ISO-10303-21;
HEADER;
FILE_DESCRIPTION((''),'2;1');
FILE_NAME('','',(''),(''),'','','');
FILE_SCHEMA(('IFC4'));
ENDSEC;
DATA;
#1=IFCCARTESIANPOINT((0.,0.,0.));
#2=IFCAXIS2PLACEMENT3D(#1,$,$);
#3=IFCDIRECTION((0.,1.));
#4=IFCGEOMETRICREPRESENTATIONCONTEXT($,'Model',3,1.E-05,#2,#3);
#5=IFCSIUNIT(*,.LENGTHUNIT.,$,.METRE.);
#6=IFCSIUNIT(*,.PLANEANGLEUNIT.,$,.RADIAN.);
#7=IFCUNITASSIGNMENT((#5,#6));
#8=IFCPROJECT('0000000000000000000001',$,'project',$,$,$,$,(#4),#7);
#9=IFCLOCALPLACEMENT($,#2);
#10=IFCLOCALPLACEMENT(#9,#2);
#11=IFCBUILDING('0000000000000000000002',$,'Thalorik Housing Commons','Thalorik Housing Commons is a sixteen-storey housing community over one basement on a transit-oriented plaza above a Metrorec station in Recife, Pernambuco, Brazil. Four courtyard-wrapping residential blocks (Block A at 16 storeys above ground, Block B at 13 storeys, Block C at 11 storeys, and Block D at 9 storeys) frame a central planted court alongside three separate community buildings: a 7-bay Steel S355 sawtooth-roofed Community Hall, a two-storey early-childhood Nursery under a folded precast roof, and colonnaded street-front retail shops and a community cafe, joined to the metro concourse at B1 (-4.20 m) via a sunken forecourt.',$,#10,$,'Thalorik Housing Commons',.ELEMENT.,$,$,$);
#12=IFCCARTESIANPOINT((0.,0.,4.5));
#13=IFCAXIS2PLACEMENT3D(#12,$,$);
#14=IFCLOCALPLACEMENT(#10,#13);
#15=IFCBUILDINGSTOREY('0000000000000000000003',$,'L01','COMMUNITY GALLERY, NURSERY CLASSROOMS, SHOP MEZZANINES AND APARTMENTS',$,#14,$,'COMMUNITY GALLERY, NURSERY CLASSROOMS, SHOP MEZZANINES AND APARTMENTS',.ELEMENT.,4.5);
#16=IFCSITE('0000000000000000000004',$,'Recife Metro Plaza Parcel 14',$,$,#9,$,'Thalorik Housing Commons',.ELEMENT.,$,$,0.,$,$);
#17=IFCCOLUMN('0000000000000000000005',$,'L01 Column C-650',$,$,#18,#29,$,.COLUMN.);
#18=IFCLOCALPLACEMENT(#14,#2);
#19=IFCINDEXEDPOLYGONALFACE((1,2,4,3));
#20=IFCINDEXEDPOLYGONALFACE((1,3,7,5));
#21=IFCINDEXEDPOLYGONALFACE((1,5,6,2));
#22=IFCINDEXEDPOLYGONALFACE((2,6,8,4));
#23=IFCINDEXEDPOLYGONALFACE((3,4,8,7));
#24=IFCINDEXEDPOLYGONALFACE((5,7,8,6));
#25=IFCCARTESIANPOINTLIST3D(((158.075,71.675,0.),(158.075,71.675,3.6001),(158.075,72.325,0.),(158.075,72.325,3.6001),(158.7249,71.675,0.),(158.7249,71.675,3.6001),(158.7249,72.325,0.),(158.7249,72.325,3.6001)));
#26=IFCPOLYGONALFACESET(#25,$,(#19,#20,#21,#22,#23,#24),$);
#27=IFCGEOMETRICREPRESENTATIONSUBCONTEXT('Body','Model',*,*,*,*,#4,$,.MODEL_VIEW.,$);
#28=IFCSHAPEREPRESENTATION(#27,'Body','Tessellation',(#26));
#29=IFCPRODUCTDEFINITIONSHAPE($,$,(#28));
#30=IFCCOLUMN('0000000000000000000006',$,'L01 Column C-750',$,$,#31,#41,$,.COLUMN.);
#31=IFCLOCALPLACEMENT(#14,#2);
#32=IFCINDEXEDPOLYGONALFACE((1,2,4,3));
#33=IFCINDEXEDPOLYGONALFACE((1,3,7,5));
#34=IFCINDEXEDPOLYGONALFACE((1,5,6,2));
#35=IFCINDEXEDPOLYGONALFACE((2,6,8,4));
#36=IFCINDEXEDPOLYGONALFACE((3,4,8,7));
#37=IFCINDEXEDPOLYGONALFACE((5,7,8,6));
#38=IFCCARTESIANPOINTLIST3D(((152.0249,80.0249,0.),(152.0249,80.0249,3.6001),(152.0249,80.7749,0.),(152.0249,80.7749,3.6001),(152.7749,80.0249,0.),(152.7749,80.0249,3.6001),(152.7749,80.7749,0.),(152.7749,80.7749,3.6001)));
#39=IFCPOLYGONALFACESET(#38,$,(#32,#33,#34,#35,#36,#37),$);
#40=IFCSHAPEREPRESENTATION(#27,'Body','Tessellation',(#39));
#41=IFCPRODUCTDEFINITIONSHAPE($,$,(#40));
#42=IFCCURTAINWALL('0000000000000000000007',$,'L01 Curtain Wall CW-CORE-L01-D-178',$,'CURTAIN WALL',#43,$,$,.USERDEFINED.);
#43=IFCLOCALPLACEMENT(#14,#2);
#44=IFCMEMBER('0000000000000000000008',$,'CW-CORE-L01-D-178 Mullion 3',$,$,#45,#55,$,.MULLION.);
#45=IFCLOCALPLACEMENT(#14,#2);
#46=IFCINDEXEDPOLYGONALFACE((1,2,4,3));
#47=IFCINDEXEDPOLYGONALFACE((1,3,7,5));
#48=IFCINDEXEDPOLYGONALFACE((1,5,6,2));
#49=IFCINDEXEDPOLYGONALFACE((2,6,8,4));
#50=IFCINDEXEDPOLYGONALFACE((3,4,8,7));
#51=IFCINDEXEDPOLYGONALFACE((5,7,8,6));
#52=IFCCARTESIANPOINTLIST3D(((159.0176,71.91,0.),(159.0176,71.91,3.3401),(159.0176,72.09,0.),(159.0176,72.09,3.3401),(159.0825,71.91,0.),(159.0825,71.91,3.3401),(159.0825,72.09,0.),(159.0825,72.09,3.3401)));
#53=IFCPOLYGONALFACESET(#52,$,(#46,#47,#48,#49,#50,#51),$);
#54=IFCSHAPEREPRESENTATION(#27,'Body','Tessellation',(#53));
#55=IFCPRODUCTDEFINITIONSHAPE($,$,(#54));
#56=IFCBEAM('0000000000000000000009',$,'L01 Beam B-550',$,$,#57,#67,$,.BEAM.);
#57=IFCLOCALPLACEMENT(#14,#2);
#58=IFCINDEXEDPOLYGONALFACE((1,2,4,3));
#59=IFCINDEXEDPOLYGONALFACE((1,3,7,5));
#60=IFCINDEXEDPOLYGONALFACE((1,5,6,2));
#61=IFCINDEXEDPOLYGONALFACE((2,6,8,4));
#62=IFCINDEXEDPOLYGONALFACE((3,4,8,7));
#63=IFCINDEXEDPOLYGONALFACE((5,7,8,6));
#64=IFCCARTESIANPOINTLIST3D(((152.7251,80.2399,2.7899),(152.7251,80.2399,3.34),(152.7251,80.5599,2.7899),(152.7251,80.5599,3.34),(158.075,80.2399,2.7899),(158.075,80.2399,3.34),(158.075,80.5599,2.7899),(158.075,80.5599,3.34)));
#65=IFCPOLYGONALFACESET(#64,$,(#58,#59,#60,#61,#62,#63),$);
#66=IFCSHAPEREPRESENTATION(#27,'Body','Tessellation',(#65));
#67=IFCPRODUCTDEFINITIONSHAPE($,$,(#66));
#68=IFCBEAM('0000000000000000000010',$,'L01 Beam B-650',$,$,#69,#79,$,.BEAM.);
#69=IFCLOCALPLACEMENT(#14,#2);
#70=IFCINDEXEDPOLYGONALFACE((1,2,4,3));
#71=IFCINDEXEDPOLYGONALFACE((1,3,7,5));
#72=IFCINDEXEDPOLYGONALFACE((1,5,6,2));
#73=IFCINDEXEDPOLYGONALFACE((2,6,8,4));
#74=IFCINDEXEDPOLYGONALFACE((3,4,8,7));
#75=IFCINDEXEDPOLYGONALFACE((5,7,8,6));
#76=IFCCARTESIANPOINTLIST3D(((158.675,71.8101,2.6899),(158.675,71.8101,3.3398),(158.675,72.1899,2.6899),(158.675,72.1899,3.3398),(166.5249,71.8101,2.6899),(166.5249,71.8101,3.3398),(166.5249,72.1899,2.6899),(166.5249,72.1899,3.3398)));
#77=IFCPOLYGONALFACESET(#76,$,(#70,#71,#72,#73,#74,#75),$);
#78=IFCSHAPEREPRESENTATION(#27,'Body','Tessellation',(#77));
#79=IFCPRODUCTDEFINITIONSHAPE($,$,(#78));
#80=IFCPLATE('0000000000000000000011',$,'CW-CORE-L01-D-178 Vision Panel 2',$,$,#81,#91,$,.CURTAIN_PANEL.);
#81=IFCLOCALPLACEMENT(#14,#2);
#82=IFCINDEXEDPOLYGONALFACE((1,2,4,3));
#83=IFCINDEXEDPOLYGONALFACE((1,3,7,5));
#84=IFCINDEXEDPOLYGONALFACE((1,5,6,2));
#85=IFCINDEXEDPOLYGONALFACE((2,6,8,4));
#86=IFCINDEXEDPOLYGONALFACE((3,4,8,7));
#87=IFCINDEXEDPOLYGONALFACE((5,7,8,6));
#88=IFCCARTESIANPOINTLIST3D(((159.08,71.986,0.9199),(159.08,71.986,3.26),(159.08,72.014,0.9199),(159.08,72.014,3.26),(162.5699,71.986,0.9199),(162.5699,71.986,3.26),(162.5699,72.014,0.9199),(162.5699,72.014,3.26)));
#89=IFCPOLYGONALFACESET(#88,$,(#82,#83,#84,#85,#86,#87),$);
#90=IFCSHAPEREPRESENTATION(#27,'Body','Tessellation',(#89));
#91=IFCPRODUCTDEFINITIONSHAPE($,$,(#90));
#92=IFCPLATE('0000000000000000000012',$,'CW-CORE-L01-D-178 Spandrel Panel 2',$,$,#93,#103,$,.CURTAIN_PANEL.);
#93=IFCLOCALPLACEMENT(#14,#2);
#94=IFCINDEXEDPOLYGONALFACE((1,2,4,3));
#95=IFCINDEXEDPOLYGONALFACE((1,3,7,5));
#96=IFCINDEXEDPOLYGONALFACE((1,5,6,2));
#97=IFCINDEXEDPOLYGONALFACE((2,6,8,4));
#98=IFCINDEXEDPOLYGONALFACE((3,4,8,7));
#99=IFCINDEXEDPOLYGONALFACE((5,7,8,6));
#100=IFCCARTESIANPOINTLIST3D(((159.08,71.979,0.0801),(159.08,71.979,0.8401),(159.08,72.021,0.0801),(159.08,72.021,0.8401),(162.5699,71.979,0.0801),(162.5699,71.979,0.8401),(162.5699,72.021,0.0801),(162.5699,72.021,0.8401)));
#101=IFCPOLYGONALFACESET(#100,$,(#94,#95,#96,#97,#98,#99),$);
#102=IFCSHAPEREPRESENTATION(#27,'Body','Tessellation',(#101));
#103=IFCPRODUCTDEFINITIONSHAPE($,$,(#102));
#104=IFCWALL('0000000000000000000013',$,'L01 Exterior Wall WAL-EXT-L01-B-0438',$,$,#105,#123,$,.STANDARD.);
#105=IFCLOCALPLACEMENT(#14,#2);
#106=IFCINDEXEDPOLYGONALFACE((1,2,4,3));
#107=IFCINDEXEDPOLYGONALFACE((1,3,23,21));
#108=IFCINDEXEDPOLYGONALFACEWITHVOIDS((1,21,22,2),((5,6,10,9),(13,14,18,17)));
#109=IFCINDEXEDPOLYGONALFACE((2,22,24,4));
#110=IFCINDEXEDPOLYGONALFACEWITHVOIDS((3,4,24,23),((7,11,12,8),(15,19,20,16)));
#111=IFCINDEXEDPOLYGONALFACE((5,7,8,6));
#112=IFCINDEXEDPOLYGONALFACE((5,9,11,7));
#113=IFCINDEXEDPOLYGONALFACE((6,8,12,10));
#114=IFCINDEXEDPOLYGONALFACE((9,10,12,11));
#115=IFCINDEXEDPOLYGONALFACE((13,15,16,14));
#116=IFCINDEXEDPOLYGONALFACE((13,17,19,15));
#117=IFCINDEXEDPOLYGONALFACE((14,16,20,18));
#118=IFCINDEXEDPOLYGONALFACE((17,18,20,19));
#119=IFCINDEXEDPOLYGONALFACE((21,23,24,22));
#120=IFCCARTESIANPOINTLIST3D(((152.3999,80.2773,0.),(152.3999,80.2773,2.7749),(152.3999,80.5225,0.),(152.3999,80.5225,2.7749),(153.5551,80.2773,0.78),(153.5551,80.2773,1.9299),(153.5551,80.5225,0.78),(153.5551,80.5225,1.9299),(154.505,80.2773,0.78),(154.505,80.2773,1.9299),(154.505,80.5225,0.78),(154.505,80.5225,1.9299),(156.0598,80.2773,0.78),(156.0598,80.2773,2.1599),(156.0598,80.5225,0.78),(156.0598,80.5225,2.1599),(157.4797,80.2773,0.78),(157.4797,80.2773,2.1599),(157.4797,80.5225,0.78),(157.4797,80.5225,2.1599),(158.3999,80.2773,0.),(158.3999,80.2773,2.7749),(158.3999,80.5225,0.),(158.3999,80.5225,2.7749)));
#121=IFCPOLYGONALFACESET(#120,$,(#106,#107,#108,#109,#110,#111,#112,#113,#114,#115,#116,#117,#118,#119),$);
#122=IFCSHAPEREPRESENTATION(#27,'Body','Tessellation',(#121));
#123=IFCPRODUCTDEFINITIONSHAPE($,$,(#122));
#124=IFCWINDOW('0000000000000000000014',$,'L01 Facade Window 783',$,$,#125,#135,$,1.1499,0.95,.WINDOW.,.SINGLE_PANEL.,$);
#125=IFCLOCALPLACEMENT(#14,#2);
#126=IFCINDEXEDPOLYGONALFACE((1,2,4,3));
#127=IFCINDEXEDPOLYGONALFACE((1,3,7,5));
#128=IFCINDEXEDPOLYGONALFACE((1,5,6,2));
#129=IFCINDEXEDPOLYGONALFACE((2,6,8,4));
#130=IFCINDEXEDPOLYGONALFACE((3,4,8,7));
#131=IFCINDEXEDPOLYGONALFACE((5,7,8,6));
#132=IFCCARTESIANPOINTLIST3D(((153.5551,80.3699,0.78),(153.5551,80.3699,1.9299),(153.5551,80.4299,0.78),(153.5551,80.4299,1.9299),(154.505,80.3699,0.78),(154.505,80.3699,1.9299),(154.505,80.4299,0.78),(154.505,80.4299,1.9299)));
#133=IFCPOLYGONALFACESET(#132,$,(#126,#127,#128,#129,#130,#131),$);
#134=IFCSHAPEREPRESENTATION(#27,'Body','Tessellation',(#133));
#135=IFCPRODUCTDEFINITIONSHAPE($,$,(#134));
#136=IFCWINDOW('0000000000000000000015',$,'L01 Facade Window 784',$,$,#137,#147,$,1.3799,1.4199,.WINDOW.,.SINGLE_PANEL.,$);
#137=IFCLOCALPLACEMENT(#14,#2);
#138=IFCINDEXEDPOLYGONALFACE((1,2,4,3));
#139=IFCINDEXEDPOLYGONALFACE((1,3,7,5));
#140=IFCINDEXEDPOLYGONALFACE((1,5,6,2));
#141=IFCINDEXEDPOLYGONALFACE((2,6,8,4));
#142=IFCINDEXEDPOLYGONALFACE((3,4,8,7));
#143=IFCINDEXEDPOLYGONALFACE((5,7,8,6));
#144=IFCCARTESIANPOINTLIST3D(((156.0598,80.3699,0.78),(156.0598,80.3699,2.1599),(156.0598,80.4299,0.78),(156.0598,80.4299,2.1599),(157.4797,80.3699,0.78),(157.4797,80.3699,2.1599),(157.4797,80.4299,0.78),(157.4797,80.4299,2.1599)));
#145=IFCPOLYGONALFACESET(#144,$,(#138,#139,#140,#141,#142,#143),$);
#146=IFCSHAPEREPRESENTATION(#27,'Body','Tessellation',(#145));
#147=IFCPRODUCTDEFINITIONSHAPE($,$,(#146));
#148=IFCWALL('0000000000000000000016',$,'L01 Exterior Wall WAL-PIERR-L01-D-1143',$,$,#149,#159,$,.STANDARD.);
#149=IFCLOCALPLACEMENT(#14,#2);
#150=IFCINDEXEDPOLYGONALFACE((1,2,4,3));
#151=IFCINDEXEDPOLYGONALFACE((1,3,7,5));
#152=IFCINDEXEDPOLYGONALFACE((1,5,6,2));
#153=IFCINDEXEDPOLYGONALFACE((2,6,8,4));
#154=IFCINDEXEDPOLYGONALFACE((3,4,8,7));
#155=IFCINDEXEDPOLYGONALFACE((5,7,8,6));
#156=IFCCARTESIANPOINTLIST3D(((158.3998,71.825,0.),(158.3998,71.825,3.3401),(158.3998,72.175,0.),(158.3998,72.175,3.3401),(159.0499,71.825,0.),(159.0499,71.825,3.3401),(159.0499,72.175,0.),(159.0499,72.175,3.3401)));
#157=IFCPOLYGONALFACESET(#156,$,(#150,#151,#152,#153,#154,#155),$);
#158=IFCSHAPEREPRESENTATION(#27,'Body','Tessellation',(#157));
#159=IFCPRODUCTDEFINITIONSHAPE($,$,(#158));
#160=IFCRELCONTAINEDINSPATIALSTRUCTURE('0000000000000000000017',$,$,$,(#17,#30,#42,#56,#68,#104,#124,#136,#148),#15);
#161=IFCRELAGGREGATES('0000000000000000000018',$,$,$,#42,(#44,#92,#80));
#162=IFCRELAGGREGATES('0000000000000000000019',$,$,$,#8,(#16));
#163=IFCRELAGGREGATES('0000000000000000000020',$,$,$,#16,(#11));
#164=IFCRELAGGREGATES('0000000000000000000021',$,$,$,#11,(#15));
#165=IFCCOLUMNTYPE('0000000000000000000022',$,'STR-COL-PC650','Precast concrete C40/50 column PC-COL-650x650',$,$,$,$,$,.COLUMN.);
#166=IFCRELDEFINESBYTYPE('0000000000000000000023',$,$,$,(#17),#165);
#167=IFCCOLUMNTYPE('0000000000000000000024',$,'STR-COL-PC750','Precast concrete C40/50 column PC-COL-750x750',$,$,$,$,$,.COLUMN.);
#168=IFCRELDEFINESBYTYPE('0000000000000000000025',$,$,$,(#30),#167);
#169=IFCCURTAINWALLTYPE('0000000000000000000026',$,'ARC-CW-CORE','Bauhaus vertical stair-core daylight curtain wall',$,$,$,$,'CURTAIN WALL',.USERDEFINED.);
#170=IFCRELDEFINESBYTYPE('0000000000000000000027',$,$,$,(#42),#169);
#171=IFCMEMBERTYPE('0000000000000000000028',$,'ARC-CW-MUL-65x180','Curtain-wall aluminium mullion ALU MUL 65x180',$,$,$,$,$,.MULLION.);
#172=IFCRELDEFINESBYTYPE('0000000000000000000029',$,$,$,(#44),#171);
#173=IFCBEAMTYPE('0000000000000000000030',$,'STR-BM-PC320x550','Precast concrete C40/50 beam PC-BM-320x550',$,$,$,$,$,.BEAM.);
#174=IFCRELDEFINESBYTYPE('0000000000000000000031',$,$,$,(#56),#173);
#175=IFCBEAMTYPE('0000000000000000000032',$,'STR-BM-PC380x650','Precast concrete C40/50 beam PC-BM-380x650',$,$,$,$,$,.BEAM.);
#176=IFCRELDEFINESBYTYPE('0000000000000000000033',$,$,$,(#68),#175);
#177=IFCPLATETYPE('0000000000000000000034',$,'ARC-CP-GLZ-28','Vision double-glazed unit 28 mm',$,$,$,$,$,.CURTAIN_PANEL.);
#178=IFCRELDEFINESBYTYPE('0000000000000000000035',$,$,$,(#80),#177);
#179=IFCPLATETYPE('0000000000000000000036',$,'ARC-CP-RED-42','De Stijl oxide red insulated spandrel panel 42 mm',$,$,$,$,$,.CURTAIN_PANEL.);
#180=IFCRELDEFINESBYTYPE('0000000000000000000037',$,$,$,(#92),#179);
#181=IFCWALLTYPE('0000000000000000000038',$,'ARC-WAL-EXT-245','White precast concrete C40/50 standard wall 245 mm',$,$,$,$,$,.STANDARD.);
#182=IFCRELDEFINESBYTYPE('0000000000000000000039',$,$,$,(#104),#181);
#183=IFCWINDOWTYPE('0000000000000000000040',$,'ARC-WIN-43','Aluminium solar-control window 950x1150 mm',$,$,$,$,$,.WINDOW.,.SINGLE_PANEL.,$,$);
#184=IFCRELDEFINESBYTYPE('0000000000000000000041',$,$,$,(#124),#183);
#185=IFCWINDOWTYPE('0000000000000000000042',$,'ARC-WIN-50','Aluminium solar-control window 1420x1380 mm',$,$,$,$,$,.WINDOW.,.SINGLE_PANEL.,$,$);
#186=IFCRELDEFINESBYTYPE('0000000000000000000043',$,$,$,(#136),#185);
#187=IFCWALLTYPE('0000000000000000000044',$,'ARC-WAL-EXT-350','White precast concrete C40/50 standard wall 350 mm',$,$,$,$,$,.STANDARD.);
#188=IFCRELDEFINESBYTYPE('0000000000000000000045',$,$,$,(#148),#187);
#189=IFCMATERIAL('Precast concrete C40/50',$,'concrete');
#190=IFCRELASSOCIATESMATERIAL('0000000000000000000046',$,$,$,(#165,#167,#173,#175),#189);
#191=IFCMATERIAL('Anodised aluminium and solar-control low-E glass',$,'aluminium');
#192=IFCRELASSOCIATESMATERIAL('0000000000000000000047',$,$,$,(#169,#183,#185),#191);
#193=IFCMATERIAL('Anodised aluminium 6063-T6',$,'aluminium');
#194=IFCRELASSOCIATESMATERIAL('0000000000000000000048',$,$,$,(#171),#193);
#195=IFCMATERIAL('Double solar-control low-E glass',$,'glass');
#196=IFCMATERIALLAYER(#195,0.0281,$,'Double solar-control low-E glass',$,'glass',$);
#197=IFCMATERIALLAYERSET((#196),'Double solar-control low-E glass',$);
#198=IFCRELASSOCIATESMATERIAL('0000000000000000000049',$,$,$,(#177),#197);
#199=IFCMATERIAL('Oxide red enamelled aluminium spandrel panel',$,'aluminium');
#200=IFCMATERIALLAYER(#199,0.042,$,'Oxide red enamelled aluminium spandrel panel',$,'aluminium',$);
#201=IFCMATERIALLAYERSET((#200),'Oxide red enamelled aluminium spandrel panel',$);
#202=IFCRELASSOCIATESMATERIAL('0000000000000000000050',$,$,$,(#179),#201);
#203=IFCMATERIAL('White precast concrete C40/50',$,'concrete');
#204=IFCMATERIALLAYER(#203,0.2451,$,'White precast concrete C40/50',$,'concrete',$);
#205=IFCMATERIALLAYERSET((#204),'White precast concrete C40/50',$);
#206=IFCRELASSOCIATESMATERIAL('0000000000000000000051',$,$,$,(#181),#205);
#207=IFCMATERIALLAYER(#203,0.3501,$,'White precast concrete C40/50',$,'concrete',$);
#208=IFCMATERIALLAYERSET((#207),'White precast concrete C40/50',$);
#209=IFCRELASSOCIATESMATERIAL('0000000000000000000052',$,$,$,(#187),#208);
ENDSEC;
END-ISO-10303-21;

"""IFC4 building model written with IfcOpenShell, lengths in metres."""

from ifc_helpers import new_model, si_unit, direction, frame, frame_2d, origin, origin_2d, place, context, subcontext, project, spatial, rectangle, extrude, material, layer, layer_set, material_profile, profile_set, type_object, element, fill, aggregate, save


model = new_model("IFC4")

# Units and contexts
model_context = context("Model", 3, precision=1e-05, world=origin(), true_north=direction((0.0, 1.0)))
body_context = subcontext(model_context, "Body", "Model", "MODEL_VIEW")
ifc_project = project(units=[si_unit("LENGTHUNIT", "METRE"), si_unit("PLANEANGLEUNIT", "RADIAN")], contexts=[model_context])

# Site, building, storey
site_placement = place(None, origin())
site = spatial("IfcSite", under=ifc_project, at=site_placement, Name="Recife Metro Plaza Parcel 14", LongName="Thalorik Housing Commons", CompositionType="ELEMENT", RefElevation=0.0)
building_placement = place(site_placement, origin())
building = spatial("IfcBuilding", under=site, at=building_placement, Name="Thalorik Housing Commons", Description="Thalorik Housing Commons is a sixteen-storey housing community over one basement on a transit-oriented plaza above a Metrorec station in Recife, Pernambuco, Brazil. Four courtyard-wrapping residential blocks (Block A at 16 storeys above ground, Block B at 13 storeys, Block C at 11 storeys, and Block D at 9 storeys) frame a central planted court alongside three separate community buildings: a 7-bay Steel S355 sawtooth-roofed Community Hall, a two-storey early-childhood Nursery under a folded precast roof, and colonnaded street-front retail shops and a community cafe, joined to the metro concourse at B1 (-4.20 m) via a sunken forecourt.", LongName="Thalorik Housing Commons", CompositionType="ELEMENT")
storey_placement = place(building_placement, frame((0.0, 0.0, 4.5)))
storey = spatial("IfcBuildingStorey", under=building, at=storey_placement, Name="L01", Description="COMMUNITY GALLERY, NURSERY CLASSROOMS, SHOP MEZZANINES AND APARTMENTS", LongName="COMMUNITY GALLERY, NURSERY CLASSROOMS, SHOP MEZZANINES AND APARTMENTS", CompositionType="ELEMENT", Elevation=4.5)

# Columns
ifc_material_1 = material(Name="Precast concrete C40/50", Category="concrete")
ifc_material_profile_1 = material_profile(ifc_material_1, rectangle(XDim=0.6499, YDim=0.6499, at=origin_2d()), Name="PC 650x650", Category="concrete")
ifc_profile_set_1 = profile_set([ifc_material_profile_1], Name="Precast concrete C40/50")
column_type_1 = type_object("IfcColumnType", Name="STR-COL-PC650", Description="Precast concrete C40/50 column PC-COL-650x650", PredefinedType="COLUMN", material=ifc_profile_set_1)
column_1_placement = place(storey_placement, frame((158.3999, 72.0, 0.0), z_axis=(0.0, 0.0, 1.0), x_axis=(1.0, 0.0, 0.0)))
element("IfcColumn", 1, at=column_1_placement, inside=storey, type_object=column_type_1, Name="L01 Column C-650", PredefinedType="COLUMN", context=body_context, shape_type="SweptSolid", body=[
    extrude(rectangle(XDim=0.6499, YDim=0.6499, at=origin_2d()), origin(), (0.0, 0.0, 1.0), 3.6001),
])
ifc_material_profile_2 = material_profile(ifc_material_1, rectangle(XDim=0.75, YDim=0.75, at=origin_2d()), Name="PC 750x750", Category="concrete")
ifc_profile_set_2 = profile_set([ifc_material_profile_2], Name="Precast concrete C40/50")
column_type_2 = type_object("IfcColumnType", Name="STR-COL-PC750", Description="Precast concrete C40/50 column PC-COL-750x750", PredefinedType="COLUMN", material=ifc_profile_set_2)
column_2_placement = place(storey_placement, frame((152.3999, 80.3999, 0.0), z_axis=(0.0, 0.0, 1.0), x_axis=(1.0, 0.0, 0.0)))
element("IfcColumn", 2, at=column_2_placement, inside=storey, type_object=column_type_2, Name="L01 Column C-750", PredefinedType="COLUMN", context=body_context, shape_type="SweptSolid", body=[
    extrude(rectangle(XDim=0.75, YDim=0.75, at=origin_2d()), origin(), (0.0, 0.0, 1.0), 3.6001),
])

# Curtain wall, member
ifc_material_2 = material(Name="Anodised aluminium and solar-control low-E glass", Category="aluminium")
curtain_wall_type = type_object("IfcCurtainWallType", Name="ARC-CW-CORE", Description="Bauhaus vertical stair-core daylight curtain wall", ElementType="CURTAIN WALL", PredefinedType="USERDEFINED", material=ifc_material_2)
curtain_wall_placement = place(storey_placement, origin())
curtain_wall = element("IfcCurtainWall", 3, at=curtain_wall_placement, inside=storey, type_object=curtain_wall_type, Name="L01 Curtain Wall CW-CORE-L01-D-178", ObjectType="CURTAIN WALL", PredefinedType="USERDEFINED")
ifc_material_3 = material(Name="Anodised aluminium 6063-T6", Category="aluminium")
ifc_material_profile_3 = material_profile(ifc_material_3, rectangle(XDim=0.0649, YDim=0.1799, at=origin_2d()), Name="ALU MUL 65x180", Category="aluminium")
ifc_profile_set_3 = profile_set([ifc_material_profile_3], Name="Anodised aluminium 6063-T6")
member_type = type_object("IfcMemberType", Name="ARC-CW-MUL-65x180", Description="Curtain-wall aluminium mullion ALU MUL 65x180", PredefinedType="MULLION", material=ifc_profile_set_3)
member_placement = place(storey_placement, frame((159.05, 72.0, 0.0), z_axis=(0.0, 0.0, 1.0), x_axis=(-1.0, 0.0, 0.0)))
member = element("IfcMember", 4, at=member_placement, type_object=member_type, Name="CW-CORE-L01-D-178 Mullion 3", PredefinedType="MULLION", context=body_context, shape_type="SweptSolid", body=[
    extrude(rectangle(XDim=0.0649, YDim=0.1799, at=origin_2d()), origin(), (0.0, 0.0, 1.0), 3.3401),
])

# Beams
ifc_material_profile_4 = material_profile(ifc_material_1, rectangle(XDim=0.3201, YDim=0.55, at=origin_2d()), Name="PC 320x550", Category="concrete")
ifc_profile_set_4 = profile_set([ifc_material_profile_4], Name="Precast concrete C40/50")
beam_type_1 = type_object("IfcBeamType", Name="STR-BM-PC320x550", Description="Precast concrete C40/50 beam PC-BM-320x550", PredefinedType="BEAM", material=ifc_profile_set_4)
beam_1_placement = place(storey_placement, frame((152.7251, 80.3999, 3.0649), z_axis=(1.0, 0.0, 0.0), x_axis=(0.0, 1.0, 0.0)))
element("IfcBeam", 5, at=beam_1_placement, inside=storey, type_object=beam_type_1, Name="L01 Beam B-550", PredefinedType="BEAM", context=body_context, shape_type="SweptSolid", body=[
    extrude(rectangle(XDim=0.3201, YDim=0.55, at=origin_2d()), origin(), (0.0, 0.0, 1.0), 5.3499),
])
ifc_material_profile_5 = material_profile(ifc_material_1, rectangle(XDim=0.3799, YDim=0.6499, at=origin_2d()), Name="PC 380x650", Category="concrete")
ifc_profile_set_5 = profile_set([ifc_material_profile_5], Name="Precast concrete C40/50")
beam_type_2 = type_object("IfcBeamType", Name="STR-BM-PC380x650", Description="Precast concrete C40/50 beam PC-BM-380x650", PredefinedType="BEAM", material=ifc_profile_set_5)
beam_2_placement = place(storey_placement, frame((158.675, 72.0, 3.0149), z_axis=(1.0, 0.0, 0.0), x_axis=(0.0, 1.0, 0.0)))
element("IfcBeam", 6, at=beam_2_placement, inside=storey, type_object=beam_type_2, Name="L01 Beam B-650", PredefinedType="BEAM", context=body_context, shape_type="SweptSolid", body=[
    extrude(rectangle(XDim=0.3799, YDim=0.6499, at=origin_2d()), origin(), (0.0, 0.0, 1.0), 7.8499),
])

# Plates
ifc_material_4 = material(Name="Double solar-control low-E glass", Category="glass")
ifc_layer_1 = layer(ifc_material_4, 0.0281, Name="Double solar-control low-E glass", Category="glass")
ifc_layer_set_1 = layer_set([ifc_layer_1], Name="Double solar-control low-E glass")
plate_type_1 = type_object("IfcPlateType", Name="ARC-CP-GLZ-28", Description="Vision double-glazed unit 28 mm", PredefinedType="CURTAIN_PANEL", material=ifc_layer_set_1)
plate_1_placement = place(storey_placement, frame((160.825, 72.0, 0.9199), z_axis=(0.0, 0.0, 1.0), x_axis=(-1.0, 0.0, 0.0)))
plate_1 = element("IfcPlate", 7, at=plate_1_placement, type_object=plate_type_1, Name="CW-CORE-L01-D-178 Vision Panel 2", PredefinedType="CURTAIN_PANEL", context=body_context, shape_type="SweptSolid", body=[
    extrude(rectangle(XDim=3.49, YDim=0.0281, at=origin_2d()), origin(), (0.0, 0.0, 1.0), 2.3401),
])
ifc_material_5 = material(Name="Oxide red enamelled aluminium spandrel panel", Category="aluminium")
ifc_layer_2 = layer(ifc_material_5, 0.042, Name="Oxide red enamelled aluminium spandrel panel", Category="aluminium")
ifc_layer_set_2 = layer_set([ifc_layer_2], Name="Oxide red enamelled aluminium spandrel panel")
plate_type_2 = type_object("IfcPlateType", Name="ARC-CP-RED-42", Description="De Stijl oxide red insulated spandrel panel 42 mm", PredefinedType="CURTAIN_PANEL", material=ifc_layer_set_2)
plate_2_placement = place(storey_placement, frame((160.825, 72.0, 0.0801), z_axis=(0.0, 0.0, 1.0), x_axis=(-1.0, 0.0, 0.0)))
plate_2 = element("IfcPlate", 8, at=plate_2_placement, type_object=plate_type_2, Name="CW-CORE-L01-D-178 Spandrel Panel 2", PredefinedType="CURTAIN_PANEL", context=body_context, shape_type="SweptSolid", body=[
    extrude(rectangle(XDim=3.49, YDim=0.042, at=origin_2d()), origin(), (0.0, 0.0, 1.0), 0.76),
])
aggregate(curtain_wall, [member, plate_2, plate_1])

# Wall, openings, windows
ifc_material_6 = material(Name="White precast concrete C40/50", Category="concrete")
ifc_layer_3 = layer(ifc_material_6, 0.2451, Name="White precast concrete C40/50", Category="concrete")
ifc_layer_set_3 = layer_set([ifc_layer_3], Name="White precast concrete C40/50")
wall_type_1 = type_object("IfcWallType", Name="ARC-WAL-EXT-245", Description="White precast concrete C40/50 standard wall 245 mm", PredefinedType="STANDARD", material=ifc_layer_set_3)
wall_1_placement = place(storey_placement, frame((152.3999, 80.3999, 0.0), z_axis=(0.0, 0.0, 1.0), x_axis=(1.0, 0.0, 0.0)))
wall_1 = element("IfcWall", 9, at=wall_1_placement, inside=storey, type_object=wall_type_1, Name="L01 Exterior Wall WAL-EXT-L01-B-0438", PredefinedType="STANDARD", context=body_context, shape_type="SweptSolid", body=[
    extrude(rectangle(XDim=6.0, YDim=0.2451, at=frame_2d((3.0, 0.0))), origin(), (0.0, 0.0, 1.0), 2.7749),
])
opening_1_placement = place(wall_1_placement, frame((1.155, 0.0, 0.78)))
opening_1 = element("IfcOpeningElement", 10, at=opening_1_placement, cuts=wall_1, PredefinedType="OPENING", context=body_context, shape_type="SweptSolid", body=[
    extrude(rectangle(XDim=0.95, YDim=1.1499, at=frame_2d((0.4751, 0.575))), frame((0.0, 0.1326, 0.0), z_axis=(0.0, -1.0, 0.0), x_axis=(1.0, 0.0, 0.0)), (0.0, 0.0, 1.0), 0.2651),
])
opening_2_placement = place(wall_1_placement, frame((3.6599, 0.0, 0.78)))
opening_2 = element("IfcOpeningElement", 11, at=opening_2_placement, cuts=wall_1, PredefinedType="OPENING", context=body_context, shape_type="SweptSolid", body=[
    extrude(rectangle(XDim=1.4199, YDim=1.3799, at=frame_2d((0.71, 0.6899))), frame((0.0, 0.1326, 0.0), z_axis=(0.0, -1.0, 0.0), x_axis=(1.0, 0.0, 0.0)), (0.0, 0.0, 1.0), 0.2651),
])
window_type_1 = type_object("IfcWindowType", Name="ARC-WIN-43", Description="Aluminium solar-control window 950x1150 mm", PartitioningType="SINGLE_PANEL", PredefinedType="WINDOW", material=ifc_material_2)
window_1_placement = place(opening_1_placement, origin())
window_1 = element("IfcWindow", 12, at=window_1_placement, inside=storey, type_object=window_type_1, Name="L01 Facade Window 783", OverallHeight=1.1499, OverallWidth=0.95, PartitioningType="SINGLE_PANEL", PredefinedType="WINDOW", context=body_context, shape_type="SweptSolid", body=[
    extrude(rectangle(XDim=0.95, YDim=1.1499, at=frame_2d((0.4751, 0.575))), frame((0.0, 0.03, 0.0), z_axis=(0.0, -1.0, 0.0), x_axis=(1.0, 0.0, 0.0)), (0.0, 0.0, 1.0), 0.0601),
])
fill(opening_1, window_1)
window_type_2 = type_object("IfcWindowType", Name="ARC-WIN-50", Description="Aluminium solar-control window 1420x1380 mm", PartitioningType="SINGLE_PANEL", PredefinedType="WINDOW", material=ifc_material_2)
window_2_placement = place(opening_2_placement, origin())
window_2 = element("IfcWindow", 13, at=window_2_placement, inside=storey, type_object=window_type_2, Name="L01 Facade Window 784", OverallHeight=1.3799, OverallWidth=1.4199, PartitioningType="SINGLE_PANEL", PredefinedType="WINDOW", context=body_context, shape_type="SweptSolid", body=[
    extrude(rectangle(XDim=1.4199, YDim=1.3799, at=frame_2d((0.71, 0.6899))), frame((0.0, 0.03, 0.0), z_axis=(0.0, -1.0, 0.0), x_axis=(1.0, 0.0, 0.0)), (0.0, 0.0, 1.0), 0.0601),
])
fill(opening_2, window_2)

# Wall
ifc_layer_4 = layer(ifc_material_6, 0.3501, Name="White precast concrete C40/50", Category="concrete")
ifc_layer_set_4 = layer_set([ifc_layer_4], Name="White precast concrete C40/50")
wall_type_2 = type_object("IfcWallType", Name="ARC-WAL-EXT-350", Description="White precast concrete C40/50 standard wall 350 mm", PredefinedType="STANDARD", material=ifc_layer_set_4)
wall_2_placement = place(storey_placement, frame((159.05, 72.0, 0.0), z_axis=(0.0, 0.0, 1.0), x_axis=(-1.0, 0.0, 0.0)))
element("IfcWall", 14, at=wall_2_placement, inside=storey, type_object=wall_type_2, Name="L01 Exterior Wall WAL-PIERR-L01-D-1143", PredefinedType="STANDARD", context=body_context, shape_type="SweptSolid", body=[
    extrude(rectangle(XDim=0.6501, YDim=0.3501, at=frame_2d((0.3252, 0.0))), origin(), (0.0, 0.0, 1.0), 3.3401),
])

save(model, "model.ifc")
